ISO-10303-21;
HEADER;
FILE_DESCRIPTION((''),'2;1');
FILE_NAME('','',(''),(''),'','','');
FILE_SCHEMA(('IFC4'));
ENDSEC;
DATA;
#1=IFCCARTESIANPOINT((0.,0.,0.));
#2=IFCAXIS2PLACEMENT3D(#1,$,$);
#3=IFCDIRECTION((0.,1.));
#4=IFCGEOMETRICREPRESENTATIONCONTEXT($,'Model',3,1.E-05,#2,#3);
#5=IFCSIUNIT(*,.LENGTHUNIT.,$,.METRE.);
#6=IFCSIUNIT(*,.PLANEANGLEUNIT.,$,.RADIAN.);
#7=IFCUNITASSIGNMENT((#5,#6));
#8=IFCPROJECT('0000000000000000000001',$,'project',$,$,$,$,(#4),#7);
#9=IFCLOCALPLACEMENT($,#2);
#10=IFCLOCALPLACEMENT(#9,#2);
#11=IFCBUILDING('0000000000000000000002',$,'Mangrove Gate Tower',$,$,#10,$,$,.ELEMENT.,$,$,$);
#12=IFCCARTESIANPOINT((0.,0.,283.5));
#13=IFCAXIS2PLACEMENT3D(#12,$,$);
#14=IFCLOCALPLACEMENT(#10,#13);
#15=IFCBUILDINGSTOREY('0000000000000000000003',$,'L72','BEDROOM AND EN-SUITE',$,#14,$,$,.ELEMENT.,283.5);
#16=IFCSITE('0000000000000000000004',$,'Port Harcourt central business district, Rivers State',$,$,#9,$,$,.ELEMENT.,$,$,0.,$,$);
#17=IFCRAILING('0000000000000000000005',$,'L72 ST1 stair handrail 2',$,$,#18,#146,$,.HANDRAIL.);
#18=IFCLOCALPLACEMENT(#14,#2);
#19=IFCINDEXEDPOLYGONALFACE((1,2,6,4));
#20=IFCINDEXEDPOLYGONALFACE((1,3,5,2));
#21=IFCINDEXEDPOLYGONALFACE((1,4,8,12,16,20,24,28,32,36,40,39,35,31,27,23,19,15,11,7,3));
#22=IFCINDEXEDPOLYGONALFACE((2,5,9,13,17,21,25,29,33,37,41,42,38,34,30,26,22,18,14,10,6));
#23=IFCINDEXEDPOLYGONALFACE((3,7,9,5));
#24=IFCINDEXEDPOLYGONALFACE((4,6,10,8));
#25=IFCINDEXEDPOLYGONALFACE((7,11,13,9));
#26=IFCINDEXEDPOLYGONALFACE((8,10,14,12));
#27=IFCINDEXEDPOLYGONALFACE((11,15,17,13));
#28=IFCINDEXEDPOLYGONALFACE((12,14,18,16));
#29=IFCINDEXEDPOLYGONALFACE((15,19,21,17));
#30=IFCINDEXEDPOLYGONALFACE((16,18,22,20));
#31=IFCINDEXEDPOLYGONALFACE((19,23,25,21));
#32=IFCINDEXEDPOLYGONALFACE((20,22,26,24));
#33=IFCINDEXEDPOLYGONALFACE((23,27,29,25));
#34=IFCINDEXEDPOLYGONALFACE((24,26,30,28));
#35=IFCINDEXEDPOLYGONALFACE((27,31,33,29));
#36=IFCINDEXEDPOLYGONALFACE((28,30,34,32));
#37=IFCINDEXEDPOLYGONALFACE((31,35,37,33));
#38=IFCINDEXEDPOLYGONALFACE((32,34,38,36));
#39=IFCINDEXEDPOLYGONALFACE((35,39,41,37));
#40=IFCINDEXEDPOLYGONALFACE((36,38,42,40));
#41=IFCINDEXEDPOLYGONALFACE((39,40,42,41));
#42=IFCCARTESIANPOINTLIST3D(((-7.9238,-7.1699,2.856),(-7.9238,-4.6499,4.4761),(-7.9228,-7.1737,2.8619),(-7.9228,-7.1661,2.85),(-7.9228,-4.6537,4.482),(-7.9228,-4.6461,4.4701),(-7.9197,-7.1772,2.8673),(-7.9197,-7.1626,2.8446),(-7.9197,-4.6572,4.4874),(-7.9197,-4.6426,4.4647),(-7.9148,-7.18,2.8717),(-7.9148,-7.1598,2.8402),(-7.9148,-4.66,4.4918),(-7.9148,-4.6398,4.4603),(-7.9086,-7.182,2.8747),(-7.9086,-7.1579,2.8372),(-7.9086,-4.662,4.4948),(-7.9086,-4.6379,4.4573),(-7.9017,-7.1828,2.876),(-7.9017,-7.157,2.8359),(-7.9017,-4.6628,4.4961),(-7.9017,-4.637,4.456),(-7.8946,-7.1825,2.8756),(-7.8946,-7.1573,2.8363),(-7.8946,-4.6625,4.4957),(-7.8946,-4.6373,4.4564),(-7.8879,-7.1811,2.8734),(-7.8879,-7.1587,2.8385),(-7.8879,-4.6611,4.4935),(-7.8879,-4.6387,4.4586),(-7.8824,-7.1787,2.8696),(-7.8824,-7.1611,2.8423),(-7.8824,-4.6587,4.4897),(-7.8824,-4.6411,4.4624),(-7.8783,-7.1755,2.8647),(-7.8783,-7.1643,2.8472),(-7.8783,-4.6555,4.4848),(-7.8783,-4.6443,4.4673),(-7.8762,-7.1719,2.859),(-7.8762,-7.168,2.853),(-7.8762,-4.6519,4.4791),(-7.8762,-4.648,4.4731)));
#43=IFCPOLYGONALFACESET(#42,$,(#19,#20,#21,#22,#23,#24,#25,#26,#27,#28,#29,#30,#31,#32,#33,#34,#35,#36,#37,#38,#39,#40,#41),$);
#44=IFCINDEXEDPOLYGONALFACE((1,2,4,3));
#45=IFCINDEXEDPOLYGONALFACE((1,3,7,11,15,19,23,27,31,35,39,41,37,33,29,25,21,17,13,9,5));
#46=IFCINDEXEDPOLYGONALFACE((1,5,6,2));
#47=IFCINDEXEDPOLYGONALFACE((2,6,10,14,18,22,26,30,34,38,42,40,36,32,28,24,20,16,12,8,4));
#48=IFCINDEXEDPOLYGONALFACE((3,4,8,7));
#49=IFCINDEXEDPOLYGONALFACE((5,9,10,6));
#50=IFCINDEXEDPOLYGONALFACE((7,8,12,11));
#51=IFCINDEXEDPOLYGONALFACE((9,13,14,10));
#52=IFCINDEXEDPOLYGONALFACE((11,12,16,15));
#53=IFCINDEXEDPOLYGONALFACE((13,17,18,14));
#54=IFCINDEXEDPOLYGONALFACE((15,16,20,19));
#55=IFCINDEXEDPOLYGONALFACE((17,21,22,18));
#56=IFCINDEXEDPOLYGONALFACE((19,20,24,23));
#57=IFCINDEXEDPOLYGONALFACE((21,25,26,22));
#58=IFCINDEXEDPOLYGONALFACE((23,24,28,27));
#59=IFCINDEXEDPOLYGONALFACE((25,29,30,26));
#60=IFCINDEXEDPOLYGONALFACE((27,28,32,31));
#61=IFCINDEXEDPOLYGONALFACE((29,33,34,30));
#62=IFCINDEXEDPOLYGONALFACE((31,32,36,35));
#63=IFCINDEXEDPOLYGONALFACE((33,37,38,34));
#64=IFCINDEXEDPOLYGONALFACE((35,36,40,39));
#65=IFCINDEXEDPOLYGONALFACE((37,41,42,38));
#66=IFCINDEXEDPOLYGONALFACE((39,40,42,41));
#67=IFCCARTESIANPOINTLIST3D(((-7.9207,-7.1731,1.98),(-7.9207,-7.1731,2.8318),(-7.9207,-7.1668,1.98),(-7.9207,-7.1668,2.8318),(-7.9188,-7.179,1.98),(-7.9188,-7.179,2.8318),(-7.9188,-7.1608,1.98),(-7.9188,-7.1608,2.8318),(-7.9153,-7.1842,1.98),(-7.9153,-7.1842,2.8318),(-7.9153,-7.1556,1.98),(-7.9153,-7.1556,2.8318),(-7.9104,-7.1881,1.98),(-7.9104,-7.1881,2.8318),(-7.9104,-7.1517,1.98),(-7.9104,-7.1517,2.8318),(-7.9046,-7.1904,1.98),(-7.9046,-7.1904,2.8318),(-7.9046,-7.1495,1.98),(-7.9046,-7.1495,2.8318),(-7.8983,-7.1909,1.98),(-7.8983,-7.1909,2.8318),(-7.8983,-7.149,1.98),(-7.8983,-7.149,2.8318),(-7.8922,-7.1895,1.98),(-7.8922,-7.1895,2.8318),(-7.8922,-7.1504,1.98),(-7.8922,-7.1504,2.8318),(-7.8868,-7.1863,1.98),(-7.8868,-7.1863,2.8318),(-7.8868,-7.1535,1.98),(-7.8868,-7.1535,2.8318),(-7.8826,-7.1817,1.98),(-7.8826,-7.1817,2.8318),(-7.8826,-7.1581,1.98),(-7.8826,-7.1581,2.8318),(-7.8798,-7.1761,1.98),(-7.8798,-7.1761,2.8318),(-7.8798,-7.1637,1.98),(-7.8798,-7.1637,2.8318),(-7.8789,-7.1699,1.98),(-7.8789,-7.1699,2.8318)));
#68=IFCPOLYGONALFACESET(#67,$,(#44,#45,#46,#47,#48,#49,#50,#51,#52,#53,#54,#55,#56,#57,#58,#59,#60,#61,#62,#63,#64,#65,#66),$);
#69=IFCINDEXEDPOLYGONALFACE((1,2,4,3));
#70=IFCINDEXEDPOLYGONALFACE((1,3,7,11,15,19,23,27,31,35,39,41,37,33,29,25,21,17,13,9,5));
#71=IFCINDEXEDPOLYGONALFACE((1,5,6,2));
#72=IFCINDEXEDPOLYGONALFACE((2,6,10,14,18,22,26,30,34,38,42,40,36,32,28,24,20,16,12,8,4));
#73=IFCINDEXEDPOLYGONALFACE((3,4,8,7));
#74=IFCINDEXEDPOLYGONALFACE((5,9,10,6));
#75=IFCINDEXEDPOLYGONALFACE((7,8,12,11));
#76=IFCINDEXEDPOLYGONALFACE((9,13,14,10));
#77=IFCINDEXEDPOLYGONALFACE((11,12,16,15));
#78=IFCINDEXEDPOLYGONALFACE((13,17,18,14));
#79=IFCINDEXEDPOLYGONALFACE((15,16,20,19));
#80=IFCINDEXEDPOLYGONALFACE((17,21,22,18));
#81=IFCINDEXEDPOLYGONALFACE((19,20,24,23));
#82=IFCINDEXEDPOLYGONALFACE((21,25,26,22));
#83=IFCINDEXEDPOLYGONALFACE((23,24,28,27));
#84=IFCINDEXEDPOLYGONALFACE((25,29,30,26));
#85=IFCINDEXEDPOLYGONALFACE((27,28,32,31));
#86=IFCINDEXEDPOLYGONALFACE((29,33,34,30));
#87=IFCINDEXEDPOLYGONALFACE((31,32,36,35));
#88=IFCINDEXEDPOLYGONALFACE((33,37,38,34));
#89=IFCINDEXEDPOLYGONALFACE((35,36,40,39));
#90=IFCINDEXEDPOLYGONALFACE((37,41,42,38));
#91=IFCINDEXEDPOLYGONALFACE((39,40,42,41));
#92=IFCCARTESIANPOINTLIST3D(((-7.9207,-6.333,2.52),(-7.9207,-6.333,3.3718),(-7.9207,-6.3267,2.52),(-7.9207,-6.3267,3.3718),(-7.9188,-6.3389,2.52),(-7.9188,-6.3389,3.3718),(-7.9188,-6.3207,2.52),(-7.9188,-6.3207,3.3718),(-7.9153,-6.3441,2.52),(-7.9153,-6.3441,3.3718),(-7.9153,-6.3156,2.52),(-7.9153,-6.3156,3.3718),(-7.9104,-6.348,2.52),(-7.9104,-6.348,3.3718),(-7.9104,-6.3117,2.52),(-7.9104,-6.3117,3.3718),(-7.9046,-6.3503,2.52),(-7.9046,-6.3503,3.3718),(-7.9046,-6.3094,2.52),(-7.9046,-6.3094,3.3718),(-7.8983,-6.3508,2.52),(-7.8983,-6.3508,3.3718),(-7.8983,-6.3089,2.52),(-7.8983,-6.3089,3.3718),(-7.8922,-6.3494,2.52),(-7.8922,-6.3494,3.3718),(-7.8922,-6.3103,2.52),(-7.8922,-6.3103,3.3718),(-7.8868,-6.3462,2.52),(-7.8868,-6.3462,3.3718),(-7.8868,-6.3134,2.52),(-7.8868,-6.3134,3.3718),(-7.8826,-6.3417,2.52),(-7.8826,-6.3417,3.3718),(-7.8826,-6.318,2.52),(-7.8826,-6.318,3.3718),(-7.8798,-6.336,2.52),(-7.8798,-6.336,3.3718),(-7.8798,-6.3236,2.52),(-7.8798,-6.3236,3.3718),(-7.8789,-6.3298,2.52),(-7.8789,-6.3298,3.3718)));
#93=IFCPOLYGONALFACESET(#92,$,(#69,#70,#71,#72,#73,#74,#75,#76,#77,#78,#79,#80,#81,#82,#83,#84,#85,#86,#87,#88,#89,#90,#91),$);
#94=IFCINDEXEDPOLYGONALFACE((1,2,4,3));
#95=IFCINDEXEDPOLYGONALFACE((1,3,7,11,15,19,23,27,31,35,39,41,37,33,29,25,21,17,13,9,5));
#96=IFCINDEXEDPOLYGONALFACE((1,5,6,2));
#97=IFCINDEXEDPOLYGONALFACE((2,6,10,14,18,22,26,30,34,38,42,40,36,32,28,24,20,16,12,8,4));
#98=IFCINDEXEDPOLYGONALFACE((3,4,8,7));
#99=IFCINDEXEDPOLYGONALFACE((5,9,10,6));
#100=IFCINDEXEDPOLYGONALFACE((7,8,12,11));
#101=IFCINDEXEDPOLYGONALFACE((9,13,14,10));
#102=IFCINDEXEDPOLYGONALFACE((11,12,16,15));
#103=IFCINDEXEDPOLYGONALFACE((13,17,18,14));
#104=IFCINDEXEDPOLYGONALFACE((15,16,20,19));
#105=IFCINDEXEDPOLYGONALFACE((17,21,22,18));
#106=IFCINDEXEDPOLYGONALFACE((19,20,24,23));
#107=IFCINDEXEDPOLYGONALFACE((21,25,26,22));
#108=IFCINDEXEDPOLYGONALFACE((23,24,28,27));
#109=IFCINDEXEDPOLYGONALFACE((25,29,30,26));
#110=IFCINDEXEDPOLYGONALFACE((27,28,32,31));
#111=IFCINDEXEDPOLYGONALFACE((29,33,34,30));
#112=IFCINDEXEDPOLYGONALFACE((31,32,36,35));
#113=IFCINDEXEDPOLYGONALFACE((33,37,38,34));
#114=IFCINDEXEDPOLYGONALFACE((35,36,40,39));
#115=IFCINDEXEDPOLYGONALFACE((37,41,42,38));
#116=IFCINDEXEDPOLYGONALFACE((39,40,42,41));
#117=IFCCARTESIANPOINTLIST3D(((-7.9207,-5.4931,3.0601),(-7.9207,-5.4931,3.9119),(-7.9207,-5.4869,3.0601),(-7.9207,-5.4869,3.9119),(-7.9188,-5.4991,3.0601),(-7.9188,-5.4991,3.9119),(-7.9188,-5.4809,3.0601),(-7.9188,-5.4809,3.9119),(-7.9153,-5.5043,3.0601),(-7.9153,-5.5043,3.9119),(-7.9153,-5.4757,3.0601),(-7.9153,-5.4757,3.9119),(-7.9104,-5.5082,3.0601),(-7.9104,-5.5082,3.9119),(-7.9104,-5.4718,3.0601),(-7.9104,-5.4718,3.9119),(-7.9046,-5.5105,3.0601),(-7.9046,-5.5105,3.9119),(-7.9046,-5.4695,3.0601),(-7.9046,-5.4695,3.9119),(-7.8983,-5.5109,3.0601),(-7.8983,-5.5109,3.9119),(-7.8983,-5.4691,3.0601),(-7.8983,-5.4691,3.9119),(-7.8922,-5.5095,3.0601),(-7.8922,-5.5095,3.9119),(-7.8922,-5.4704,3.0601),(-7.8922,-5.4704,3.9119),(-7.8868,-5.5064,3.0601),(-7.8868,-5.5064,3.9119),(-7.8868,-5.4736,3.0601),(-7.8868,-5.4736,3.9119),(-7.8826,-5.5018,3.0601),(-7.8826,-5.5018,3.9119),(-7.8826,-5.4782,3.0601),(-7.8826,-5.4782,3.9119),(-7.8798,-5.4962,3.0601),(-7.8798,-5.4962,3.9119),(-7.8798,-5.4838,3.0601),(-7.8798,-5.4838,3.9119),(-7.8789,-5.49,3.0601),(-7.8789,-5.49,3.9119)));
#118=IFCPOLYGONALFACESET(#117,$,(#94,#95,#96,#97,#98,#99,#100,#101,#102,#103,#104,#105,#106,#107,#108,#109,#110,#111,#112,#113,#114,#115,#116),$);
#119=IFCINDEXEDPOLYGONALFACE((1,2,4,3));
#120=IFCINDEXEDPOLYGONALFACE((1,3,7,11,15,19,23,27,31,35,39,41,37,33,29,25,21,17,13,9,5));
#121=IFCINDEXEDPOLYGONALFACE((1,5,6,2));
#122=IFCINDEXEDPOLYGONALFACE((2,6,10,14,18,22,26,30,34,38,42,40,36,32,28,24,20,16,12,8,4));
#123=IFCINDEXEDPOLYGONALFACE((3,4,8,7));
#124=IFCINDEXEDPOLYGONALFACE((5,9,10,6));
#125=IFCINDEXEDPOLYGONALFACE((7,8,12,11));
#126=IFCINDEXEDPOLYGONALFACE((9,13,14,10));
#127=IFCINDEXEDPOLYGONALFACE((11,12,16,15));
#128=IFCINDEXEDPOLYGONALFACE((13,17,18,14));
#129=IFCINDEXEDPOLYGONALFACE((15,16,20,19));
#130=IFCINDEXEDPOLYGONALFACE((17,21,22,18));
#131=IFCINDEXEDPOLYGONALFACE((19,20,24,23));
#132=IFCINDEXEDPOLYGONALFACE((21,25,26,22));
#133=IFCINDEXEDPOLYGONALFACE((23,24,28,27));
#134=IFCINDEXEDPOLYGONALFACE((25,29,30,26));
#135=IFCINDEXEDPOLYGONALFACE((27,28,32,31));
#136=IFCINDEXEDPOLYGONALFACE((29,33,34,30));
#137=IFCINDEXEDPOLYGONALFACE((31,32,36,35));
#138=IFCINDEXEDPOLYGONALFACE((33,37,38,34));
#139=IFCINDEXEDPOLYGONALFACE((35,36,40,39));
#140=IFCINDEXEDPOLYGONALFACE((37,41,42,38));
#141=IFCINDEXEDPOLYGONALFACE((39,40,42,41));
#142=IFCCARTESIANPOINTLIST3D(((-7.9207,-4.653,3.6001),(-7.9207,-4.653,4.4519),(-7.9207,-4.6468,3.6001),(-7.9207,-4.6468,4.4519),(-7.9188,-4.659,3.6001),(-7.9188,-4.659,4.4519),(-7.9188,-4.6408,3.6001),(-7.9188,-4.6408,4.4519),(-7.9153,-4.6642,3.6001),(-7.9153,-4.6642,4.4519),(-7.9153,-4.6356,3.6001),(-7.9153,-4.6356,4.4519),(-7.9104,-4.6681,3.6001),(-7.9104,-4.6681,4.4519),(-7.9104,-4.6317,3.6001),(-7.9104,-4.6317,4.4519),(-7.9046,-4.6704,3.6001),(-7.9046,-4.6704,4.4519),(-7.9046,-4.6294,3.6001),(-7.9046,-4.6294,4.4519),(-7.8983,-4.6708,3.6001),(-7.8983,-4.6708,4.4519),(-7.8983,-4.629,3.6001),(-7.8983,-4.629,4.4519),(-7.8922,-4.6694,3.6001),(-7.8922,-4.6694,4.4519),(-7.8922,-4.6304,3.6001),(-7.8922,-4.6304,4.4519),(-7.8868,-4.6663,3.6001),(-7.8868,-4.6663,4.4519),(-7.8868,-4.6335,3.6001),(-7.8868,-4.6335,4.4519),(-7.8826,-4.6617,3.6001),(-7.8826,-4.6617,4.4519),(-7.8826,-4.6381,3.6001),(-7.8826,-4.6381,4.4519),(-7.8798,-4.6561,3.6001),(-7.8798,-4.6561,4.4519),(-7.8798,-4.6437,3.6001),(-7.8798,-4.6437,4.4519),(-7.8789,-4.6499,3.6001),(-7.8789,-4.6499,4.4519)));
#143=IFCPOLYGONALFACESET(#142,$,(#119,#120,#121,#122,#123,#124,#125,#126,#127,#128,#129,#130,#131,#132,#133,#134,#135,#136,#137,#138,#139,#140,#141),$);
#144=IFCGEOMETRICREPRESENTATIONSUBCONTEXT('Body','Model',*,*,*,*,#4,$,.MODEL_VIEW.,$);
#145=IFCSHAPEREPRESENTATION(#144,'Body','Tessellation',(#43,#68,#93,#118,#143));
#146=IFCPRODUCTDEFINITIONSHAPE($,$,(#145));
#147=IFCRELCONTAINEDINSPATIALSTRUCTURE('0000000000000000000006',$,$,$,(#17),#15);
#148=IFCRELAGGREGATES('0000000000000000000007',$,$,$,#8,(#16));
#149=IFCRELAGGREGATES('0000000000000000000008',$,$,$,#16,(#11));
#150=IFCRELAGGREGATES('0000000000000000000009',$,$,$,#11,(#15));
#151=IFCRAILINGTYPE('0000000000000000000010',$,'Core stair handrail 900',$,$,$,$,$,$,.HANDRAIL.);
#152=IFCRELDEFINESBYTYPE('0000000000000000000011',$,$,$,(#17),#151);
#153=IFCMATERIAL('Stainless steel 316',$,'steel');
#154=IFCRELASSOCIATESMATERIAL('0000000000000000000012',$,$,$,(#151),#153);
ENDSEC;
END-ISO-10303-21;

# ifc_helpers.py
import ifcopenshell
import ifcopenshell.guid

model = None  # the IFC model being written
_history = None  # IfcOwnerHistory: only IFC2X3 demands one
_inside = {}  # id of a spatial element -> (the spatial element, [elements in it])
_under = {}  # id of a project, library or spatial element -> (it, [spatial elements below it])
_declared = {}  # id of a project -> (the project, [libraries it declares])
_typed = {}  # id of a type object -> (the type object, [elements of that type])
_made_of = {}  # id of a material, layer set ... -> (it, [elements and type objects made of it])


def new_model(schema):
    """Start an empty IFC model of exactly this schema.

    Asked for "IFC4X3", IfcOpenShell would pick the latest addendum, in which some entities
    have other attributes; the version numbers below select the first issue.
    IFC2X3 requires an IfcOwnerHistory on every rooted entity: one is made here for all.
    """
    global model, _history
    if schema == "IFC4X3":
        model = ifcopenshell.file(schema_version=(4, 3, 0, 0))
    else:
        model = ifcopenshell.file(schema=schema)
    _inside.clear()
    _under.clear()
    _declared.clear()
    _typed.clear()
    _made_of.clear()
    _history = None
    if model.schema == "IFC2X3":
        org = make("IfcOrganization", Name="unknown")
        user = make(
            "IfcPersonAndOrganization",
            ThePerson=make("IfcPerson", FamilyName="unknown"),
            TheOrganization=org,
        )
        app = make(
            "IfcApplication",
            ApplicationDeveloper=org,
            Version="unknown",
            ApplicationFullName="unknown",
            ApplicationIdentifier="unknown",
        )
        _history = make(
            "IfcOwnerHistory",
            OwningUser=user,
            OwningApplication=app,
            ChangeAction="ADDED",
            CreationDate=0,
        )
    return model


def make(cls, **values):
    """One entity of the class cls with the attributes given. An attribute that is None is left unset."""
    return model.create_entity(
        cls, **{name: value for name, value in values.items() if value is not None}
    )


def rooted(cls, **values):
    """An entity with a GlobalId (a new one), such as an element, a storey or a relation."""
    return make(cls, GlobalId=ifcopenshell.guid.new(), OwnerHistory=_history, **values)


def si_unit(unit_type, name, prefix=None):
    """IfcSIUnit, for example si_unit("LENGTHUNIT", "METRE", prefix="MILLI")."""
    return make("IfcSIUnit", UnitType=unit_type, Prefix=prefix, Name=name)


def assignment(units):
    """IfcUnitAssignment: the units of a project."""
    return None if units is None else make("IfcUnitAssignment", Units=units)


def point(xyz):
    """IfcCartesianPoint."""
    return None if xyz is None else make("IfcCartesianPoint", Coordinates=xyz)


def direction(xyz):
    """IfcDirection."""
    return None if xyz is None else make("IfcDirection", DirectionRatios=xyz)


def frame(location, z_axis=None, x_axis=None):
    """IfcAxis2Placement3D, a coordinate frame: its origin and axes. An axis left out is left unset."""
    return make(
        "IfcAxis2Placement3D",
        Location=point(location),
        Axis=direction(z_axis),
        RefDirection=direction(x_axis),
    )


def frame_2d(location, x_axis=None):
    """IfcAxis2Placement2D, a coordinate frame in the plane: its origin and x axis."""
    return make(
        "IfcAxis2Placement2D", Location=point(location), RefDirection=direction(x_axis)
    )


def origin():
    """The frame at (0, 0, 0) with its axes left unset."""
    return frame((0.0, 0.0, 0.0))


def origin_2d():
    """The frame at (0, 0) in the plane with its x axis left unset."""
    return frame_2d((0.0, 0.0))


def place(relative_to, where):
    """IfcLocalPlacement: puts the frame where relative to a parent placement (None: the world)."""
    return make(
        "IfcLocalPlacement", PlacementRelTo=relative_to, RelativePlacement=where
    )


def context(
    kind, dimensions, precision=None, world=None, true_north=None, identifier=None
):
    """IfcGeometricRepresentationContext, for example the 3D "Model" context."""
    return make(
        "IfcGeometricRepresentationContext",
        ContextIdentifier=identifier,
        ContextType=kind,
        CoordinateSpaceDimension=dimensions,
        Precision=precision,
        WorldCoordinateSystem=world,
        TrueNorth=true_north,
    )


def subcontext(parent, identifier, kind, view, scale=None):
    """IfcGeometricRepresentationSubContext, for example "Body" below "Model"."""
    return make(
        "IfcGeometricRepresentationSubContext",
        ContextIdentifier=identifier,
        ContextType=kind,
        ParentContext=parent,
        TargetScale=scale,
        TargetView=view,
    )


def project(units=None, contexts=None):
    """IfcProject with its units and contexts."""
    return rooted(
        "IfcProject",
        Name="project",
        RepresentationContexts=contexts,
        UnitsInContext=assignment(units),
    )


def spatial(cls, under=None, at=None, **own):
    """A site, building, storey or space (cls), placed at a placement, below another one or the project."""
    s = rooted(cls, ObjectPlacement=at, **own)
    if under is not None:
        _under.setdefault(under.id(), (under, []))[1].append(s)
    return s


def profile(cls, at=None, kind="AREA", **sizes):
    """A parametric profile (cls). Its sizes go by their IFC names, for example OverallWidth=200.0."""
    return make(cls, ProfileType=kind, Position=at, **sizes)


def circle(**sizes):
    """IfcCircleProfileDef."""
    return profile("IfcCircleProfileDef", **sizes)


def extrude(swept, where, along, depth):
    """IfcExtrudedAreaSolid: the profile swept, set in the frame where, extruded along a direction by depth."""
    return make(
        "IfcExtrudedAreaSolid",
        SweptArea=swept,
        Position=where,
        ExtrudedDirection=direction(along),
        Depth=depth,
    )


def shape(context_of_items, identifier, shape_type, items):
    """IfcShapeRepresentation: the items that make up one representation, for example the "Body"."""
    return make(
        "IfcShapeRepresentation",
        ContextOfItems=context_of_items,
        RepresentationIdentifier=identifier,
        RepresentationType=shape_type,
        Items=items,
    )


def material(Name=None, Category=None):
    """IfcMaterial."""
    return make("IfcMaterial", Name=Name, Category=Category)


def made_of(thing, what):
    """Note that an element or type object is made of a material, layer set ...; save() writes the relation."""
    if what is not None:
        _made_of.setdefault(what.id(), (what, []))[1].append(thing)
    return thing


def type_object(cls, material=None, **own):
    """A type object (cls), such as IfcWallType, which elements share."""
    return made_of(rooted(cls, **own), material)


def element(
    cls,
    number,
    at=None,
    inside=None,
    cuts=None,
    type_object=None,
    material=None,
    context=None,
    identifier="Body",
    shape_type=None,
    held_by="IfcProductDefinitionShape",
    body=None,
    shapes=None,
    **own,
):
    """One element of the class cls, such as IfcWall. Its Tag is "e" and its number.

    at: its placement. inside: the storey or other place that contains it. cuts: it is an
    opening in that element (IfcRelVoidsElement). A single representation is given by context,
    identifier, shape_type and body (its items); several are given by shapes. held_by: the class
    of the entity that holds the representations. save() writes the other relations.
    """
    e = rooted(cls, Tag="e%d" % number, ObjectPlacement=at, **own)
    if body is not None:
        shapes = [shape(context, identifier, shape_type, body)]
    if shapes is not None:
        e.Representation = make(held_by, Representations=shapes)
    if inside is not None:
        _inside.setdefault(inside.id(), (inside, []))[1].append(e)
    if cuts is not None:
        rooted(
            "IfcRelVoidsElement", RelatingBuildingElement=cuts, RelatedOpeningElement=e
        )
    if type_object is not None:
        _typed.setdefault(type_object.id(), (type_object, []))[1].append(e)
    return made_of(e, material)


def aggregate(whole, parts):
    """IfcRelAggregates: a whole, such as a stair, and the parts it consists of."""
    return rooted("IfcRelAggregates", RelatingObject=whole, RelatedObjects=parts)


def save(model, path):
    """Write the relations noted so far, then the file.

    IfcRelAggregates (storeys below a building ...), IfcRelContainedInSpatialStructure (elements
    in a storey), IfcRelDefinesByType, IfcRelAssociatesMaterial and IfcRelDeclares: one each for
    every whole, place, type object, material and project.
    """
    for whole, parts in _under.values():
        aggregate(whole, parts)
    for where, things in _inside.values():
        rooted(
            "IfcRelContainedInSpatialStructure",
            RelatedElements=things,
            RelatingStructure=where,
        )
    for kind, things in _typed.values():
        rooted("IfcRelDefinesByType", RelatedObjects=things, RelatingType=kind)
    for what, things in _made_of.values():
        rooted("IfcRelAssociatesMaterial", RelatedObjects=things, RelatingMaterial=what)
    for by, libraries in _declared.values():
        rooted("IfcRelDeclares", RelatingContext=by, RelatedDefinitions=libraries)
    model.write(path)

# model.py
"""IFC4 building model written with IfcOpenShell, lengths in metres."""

from ifc_helpers import new_model, si_unit, direction, frame, origin, origin_2d, place, context, subcontext, project, spatial, circle, extrude, material, type_object, element, save


model = new_model("IFC4")

# Units and contexts
model_context = context("Model", 3, precision=1e-05, world=origin(), true_north=direction((0.0, 1.0)))
body_context = subcontext(model_context, "Body", "Model", "MODEL_VIEW")
ifc_project = project(units=[si_unit("LENGTHUNIT", "METRE"), si_unit("PLANEANGLEUNIT", "RADIAN")], contexts=[model_context])

# Site, building, storey
site_placement = place(None, origin())
site = spatial("IfcSite", under=ifc_project, at=site_placement, Name="Port Harcourt central business district, Rivers State", CompositionType="ELEMENT", RefElevation=0.0)
building_placement = place(site_placement, origin())
building = spatial("IfcBuilding", under=site, at=building_placement, Name="Mangrove Gate Tower", CompositionType="ELEMENT")
storey_placement = place(building_placement, frame((0.0, 0.0, 283.5)))
storey = spatial("IfcBuildingStorey", under=building, at=storey_placement, Name="L72", Description="BEDROOM AND EN-SUITE", CompositionType="ELEMENT", Elevation=283.5)

# Railing
ifc_material_1 = material(Name="Stainless steel 316", Category="steel")
railing_type_1 = type_object("IfcRailingType", Name="Core stair handrail 900", PredefinedType="HANDRAIL", material=ifc_material_1)
railing_1_placement = place(storey_placement, frame((-7.8999, -7.1699, 1.98)))
element("IfcRailing", 1, at=railing_1_placement, inside=storey, type_object=railing_type_1, Name="L72 ST1 stair handrail 2", PredefinedType="HANDRAIL", context=body_context, shape_type="SweptSolid", body=[
    extrude(circle(Radius=0.0239, at=origin_2d()), frame((0.0, 0.0, 0.876), z_axis=(0.0, 0.841163, 0.540782), x_axis=(-1.0, 0.0, 0.0)), (0.0, 0.0, 1.0), 2.9958),
    extrude(circle(Radius=0.021, at=origin_2d()), origin(), (0.0, 0.0, 1.0), 0.8518),
    extrude(circle(Radius=0.021, at=origin_2d()), frame((0.0, 0.8401, 0.54)), (0.0, 0.0, 1.0), 0.8518),
    extrude(circle(Radius=0.021, at=origin_2d()), frame((0.0, 1.6799, 1.0801)), (0.0, 0.0, 1.0), 0.8518),
    extrude(circle(Radius=0.021, at=origin_2d()), frame((0.0, 2.52, 1.6201)), (0.0, 0.0, 1.0), 0.8518),
])

save(model, "model.ifc")
